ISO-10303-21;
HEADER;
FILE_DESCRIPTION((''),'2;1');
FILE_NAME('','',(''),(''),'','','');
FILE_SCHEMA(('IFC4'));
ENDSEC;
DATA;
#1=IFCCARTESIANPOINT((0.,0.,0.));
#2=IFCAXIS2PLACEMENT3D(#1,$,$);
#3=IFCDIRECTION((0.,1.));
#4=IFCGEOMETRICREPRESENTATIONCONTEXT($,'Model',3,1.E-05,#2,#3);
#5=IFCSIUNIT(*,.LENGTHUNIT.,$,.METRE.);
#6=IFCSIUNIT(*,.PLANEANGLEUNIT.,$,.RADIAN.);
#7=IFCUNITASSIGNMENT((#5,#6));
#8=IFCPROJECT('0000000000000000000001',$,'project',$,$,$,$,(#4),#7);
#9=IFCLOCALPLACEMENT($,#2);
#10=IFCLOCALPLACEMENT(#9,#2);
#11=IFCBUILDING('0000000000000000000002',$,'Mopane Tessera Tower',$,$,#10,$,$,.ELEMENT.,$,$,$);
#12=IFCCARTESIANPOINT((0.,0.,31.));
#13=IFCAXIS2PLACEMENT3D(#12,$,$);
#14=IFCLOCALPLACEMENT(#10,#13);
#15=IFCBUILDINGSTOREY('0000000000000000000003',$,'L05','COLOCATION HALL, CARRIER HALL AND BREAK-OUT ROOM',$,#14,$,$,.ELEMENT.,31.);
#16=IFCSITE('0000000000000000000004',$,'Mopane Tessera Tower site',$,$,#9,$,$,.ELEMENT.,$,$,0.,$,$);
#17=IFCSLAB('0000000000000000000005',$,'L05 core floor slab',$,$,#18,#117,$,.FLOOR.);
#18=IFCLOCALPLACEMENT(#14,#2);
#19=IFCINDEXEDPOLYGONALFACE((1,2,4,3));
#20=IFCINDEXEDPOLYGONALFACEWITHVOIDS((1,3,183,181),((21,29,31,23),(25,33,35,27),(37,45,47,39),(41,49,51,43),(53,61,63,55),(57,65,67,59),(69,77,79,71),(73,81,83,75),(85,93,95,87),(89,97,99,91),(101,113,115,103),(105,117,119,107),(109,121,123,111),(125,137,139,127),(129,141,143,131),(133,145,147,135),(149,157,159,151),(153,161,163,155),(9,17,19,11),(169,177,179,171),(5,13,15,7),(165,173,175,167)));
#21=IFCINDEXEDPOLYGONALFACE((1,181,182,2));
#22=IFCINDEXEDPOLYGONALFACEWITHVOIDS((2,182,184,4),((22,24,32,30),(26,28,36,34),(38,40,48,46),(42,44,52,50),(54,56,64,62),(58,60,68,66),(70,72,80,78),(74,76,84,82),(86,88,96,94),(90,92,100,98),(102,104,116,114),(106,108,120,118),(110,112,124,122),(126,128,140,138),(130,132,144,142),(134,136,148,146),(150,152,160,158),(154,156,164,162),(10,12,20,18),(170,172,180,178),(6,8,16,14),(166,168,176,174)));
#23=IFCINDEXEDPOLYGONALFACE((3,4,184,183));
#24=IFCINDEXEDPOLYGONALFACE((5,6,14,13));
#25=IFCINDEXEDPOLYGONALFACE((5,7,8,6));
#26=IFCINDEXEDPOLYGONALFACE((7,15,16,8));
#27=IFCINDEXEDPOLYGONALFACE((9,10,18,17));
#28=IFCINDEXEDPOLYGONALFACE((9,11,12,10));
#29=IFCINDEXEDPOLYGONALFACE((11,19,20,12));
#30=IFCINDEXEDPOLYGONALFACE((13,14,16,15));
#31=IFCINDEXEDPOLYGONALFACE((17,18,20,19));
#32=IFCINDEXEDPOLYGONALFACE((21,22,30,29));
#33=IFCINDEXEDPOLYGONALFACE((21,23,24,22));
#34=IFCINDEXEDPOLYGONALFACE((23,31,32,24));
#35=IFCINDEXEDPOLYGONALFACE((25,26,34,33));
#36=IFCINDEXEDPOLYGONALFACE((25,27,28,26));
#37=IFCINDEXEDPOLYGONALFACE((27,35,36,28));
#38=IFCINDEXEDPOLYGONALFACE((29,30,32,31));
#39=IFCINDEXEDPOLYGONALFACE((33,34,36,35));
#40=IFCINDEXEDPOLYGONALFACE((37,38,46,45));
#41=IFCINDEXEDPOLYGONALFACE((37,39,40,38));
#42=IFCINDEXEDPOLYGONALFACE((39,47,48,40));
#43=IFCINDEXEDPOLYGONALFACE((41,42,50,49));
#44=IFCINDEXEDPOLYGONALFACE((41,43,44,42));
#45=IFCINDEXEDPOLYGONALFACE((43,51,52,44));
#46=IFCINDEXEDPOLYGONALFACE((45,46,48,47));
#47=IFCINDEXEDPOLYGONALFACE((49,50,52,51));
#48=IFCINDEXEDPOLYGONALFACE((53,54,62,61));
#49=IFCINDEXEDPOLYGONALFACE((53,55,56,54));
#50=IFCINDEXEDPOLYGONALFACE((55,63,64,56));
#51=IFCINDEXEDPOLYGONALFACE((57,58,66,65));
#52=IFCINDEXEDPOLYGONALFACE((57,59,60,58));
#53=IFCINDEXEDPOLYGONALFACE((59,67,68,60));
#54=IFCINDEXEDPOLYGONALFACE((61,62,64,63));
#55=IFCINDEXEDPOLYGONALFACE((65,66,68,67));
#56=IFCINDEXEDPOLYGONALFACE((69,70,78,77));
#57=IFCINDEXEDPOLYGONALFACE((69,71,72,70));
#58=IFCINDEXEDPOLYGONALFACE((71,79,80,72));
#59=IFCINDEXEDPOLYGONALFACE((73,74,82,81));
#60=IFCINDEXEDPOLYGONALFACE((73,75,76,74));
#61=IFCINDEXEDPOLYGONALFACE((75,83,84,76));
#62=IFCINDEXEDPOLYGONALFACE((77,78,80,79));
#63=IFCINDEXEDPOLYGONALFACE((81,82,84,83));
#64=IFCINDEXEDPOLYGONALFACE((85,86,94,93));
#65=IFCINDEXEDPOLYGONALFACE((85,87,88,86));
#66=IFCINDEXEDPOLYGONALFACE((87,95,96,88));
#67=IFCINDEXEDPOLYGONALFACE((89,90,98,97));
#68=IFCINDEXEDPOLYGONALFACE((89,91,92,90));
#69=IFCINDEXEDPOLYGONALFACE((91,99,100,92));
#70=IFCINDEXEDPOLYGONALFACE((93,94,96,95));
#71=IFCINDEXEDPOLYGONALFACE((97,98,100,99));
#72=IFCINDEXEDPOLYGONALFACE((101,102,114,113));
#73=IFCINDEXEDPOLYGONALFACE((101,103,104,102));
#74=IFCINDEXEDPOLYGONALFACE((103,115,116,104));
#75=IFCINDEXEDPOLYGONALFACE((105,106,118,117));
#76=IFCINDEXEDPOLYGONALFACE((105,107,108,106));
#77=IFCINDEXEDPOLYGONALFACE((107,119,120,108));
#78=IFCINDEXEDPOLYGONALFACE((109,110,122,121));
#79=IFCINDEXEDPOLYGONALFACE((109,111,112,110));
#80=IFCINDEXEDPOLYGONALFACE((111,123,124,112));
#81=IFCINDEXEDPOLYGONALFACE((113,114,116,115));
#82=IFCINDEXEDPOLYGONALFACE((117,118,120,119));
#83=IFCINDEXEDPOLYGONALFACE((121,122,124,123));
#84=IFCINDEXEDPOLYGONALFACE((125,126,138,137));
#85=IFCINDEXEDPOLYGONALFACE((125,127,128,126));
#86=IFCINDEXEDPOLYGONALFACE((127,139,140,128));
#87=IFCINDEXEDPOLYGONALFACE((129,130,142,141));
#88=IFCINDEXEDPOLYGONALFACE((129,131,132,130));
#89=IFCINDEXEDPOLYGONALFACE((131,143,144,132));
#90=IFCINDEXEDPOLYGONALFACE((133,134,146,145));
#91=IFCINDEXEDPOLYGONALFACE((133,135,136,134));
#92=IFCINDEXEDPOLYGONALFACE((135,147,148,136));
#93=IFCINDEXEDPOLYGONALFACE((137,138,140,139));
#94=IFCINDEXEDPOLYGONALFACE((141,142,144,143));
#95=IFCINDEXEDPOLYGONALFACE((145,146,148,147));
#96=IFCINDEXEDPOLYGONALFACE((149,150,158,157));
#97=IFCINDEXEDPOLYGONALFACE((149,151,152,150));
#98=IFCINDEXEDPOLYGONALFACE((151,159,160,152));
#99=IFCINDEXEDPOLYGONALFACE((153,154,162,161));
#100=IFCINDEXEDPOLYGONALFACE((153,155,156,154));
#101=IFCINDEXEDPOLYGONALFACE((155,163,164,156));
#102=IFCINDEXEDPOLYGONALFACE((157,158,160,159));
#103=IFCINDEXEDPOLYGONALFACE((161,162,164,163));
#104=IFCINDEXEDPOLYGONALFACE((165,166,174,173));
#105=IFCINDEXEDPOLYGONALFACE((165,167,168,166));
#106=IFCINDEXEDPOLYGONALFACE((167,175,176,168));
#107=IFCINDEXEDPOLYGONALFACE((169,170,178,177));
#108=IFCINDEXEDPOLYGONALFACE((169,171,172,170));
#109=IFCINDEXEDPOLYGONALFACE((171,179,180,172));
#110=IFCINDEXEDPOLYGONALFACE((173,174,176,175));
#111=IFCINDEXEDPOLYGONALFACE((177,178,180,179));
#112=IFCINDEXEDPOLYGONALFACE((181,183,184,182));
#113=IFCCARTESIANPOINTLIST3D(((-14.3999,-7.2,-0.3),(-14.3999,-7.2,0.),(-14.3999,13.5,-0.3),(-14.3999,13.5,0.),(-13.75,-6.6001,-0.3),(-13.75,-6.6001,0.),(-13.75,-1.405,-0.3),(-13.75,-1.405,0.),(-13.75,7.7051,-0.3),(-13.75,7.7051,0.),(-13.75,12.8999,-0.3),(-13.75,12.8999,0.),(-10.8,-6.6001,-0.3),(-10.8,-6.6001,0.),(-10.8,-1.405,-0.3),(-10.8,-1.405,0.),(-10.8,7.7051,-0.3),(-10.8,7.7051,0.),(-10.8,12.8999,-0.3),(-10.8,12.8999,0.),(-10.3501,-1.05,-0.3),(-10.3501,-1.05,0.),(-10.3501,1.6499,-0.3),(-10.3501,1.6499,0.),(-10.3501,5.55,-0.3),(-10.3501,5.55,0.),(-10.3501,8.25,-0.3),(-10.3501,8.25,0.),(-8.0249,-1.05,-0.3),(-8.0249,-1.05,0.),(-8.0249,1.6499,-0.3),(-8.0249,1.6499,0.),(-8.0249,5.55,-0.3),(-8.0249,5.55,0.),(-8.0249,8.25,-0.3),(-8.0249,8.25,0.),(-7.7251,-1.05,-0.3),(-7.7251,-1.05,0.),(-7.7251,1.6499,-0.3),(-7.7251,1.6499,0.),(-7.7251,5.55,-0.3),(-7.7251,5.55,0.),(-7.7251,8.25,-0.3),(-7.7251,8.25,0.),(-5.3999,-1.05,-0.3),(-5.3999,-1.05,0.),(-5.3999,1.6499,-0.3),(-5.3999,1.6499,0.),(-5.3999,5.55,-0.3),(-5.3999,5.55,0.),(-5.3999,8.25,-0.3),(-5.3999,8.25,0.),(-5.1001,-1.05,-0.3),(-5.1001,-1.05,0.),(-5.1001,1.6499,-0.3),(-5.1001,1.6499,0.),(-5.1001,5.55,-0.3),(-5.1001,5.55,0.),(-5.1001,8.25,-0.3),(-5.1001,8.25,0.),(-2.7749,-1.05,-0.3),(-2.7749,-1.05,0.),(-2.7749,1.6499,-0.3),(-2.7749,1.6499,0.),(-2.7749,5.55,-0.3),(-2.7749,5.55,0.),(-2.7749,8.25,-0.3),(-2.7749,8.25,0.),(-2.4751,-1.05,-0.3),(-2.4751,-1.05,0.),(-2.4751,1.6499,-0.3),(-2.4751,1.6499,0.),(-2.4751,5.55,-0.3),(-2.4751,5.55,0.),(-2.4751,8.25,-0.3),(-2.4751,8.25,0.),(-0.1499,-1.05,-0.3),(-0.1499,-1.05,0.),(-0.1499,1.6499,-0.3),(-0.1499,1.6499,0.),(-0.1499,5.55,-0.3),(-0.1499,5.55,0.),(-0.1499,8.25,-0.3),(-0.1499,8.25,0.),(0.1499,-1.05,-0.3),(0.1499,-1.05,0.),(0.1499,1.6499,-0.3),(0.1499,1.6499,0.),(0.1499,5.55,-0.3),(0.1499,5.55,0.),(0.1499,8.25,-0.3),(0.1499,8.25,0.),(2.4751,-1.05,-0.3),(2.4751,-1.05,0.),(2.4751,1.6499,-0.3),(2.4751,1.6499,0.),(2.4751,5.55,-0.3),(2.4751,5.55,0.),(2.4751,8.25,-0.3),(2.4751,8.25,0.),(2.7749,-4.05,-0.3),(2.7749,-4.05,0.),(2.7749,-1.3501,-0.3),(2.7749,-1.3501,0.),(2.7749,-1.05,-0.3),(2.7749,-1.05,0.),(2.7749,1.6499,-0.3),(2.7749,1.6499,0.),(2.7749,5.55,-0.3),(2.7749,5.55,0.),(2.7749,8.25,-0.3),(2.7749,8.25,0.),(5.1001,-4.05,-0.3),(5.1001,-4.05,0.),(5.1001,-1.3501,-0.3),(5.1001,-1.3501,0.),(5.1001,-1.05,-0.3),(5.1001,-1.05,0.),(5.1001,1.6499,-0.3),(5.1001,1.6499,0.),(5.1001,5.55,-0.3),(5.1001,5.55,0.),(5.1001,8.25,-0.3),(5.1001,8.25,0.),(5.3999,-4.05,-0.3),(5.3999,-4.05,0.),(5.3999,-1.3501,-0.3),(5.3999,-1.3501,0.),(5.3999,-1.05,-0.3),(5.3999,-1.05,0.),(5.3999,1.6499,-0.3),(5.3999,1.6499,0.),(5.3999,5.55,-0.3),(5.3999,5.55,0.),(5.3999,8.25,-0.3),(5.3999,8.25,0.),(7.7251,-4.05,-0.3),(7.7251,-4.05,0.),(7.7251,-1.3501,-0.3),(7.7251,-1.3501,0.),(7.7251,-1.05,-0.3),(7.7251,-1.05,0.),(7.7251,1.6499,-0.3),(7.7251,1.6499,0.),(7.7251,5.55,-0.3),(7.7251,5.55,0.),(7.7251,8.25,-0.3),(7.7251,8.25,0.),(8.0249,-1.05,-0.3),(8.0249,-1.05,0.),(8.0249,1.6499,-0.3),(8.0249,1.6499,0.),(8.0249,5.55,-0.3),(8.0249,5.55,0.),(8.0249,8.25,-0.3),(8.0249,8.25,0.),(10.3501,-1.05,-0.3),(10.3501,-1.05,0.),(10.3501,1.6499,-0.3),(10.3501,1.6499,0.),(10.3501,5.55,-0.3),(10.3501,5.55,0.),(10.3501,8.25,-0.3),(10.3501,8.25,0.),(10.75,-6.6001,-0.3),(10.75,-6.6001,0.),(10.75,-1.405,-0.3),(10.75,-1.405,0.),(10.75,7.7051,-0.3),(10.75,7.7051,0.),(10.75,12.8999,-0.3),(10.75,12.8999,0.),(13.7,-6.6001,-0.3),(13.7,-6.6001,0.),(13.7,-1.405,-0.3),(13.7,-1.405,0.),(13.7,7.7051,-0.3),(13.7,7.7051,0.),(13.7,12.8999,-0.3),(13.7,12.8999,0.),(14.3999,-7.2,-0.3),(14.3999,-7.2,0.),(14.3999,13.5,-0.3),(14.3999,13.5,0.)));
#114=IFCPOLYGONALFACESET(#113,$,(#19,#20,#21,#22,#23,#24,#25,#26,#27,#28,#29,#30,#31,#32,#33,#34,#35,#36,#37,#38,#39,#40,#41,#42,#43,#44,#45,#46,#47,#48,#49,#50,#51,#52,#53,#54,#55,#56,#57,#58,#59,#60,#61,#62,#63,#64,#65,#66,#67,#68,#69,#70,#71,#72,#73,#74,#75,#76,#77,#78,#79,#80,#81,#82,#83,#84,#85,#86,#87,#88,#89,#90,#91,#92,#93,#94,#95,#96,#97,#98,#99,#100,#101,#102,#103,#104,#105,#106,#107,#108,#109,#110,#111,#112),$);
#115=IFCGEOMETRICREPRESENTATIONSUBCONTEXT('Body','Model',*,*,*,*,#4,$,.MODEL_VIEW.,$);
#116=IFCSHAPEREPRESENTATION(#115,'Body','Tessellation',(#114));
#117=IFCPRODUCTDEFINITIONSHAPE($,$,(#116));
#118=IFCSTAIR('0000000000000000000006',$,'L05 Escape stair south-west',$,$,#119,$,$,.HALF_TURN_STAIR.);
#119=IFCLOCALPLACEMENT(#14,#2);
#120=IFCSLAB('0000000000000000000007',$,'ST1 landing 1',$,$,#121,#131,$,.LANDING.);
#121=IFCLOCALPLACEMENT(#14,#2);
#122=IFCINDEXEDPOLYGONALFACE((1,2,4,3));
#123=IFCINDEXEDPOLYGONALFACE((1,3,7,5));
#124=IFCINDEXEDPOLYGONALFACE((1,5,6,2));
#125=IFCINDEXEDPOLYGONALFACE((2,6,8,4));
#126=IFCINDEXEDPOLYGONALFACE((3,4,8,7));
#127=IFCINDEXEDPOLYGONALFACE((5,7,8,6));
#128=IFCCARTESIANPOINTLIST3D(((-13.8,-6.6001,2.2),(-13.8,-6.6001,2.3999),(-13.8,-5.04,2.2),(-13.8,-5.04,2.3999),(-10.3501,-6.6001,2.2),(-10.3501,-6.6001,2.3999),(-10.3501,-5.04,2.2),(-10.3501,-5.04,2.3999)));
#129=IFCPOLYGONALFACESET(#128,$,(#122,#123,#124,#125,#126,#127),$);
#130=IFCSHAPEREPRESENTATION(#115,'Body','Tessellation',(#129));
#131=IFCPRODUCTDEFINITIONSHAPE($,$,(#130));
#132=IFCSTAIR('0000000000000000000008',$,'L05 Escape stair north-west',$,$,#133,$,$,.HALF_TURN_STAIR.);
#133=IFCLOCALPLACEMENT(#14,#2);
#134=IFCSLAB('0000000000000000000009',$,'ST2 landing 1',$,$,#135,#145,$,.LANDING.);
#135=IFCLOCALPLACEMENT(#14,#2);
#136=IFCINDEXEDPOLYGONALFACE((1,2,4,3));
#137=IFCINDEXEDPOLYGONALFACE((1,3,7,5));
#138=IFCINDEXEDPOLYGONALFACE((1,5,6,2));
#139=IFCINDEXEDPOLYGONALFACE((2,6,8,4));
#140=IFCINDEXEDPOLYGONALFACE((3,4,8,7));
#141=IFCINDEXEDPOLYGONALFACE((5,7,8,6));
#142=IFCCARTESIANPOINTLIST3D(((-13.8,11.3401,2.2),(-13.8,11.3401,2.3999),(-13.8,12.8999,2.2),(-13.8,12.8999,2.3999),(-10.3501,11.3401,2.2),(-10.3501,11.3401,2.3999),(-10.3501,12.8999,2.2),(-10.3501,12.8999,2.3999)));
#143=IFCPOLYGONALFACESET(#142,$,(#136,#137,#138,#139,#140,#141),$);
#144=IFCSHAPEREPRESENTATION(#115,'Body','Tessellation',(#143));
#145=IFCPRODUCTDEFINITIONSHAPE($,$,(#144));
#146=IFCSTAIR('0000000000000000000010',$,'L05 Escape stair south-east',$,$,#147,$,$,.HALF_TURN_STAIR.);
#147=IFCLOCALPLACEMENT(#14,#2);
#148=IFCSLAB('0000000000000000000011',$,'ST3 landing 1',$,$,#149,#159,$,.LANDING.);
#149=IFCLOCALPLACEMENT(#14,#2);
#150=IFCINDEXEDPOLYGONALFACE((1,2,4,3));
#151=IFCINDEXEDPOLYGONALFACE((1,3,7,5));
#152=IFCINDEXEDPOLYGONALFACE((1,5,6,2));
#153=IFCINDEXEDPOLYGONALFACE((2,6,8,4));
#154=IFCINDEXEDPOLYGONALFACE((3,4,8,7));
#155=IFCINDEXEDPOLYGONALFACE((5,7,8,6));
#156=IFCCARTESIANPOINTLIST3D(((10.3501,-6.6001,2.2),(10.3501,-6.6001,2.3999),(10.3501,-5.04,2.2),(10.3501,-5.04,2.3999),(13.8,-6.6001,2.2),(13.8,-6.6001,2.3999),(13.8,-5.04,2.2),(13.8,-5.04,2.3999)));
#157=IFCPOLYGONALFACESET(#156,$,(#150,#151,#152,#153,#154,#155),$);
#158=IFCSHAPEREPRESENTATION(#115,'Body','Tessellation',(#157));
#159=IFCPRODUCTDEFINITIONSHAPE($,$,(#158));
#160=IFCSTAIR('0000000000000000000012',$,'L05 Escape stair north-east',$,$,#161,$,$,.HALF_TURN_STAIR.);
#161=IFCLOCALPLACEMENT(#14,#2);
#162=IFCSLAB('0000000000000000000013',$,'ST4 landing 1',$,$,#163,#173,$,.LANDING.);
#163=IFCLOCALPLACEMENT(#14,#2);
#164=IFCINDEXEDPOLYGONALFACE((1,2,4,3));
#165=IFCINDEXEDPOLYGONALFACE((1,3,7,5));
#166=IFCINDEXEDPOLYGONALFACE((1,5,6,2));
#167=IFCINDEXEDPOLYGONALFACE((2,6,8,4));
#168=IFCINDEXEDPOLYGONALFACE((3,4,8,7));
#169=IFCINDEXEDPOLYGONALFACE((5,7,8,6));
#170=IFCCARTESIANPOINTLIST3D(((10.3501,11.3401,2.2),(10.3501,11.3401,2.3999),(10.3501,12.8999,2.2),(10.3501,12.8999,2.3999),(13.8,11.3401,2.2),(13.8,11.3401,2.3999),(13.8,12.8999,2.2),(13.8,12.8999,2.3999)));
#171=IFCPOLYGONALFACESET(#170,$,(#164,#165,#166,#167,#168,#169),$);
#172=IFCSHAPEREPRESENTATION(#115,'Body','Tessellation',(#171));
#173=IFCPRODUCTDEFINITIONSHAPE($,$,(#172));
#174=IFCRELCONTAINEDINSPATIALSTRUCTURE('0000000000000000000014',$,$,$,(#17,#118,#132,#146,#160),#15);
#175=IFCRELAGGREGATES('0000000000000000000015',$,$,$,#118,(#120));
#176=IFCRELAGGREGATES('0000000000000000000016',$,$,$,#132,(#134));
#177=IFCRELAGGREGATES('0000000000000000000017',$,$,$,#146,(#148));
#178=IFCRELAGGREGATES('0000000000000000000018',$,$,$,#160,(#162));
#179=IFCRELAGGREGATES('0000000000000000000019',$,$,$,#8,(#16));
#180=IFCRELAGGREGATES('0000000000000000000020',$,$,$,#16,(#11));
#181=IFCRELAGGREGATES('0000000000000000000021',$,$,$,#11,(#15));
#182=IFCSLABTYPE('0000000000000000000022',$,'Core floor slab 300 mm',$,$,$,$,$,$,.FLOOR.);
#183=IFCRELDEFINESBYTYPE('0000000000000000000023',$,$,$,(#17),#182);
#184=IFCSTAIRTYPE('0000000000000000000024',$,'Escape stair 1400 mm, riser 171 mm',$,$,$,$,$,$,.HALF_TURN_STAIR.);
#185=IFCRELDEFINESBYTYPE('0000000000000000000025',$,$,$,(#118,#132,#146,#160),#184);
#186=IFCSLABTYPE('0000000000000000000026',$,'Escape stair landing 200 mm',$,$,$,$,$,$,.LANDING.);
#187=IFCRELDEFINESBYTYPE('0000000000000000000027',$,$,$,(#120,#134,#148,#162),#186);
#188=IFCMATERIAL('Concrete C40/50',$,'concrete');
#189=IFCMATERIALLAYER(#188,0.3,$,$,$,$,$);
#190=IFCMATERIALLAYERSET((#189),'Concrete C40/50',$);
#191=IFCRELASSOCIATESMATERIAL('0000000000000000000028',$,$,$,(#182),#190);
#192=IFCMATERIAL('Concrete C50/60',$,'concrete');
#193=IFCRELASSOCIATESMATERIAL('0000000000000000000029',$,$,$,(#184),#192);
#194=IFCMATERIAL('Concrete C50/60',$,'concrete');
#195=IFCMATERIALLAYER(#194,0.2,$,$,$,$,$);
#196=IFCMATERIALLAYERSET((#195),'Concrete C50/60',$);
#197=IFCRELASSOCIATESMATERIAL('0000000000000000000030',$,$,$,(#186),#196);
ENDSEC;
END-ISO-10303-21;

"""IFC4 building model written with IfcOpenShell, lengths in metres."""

from ifc_helpers import new_model, si_unit, direction, frame, origin, place, context, subcontext, project, spatial, polyline, outline, extrude, material, layer, layer_set, type_object, element, aggregate, save


model = new_model("IFC4")

# Units and contexts
model_context = context("Model", 3, precision=1e-05, world=origin(), true_north=direction((0.0, 1.0)))
body_context = subcontext(model_context, "Body", "Model", "MODEL_VIEW")
ifc_project = project(units=[si_unit("LENGTHUNIT", "METRE"), si_unit("PLANEANGLEUNIT", "RADIAN")], contexts=[model_context])

# Site, building, storey
site_placement = place(None, origin())
site = spatial("IfcSite", under=ifc_project, at=site_placement, Name="Mopane Tessera Tower site", CompositionType="ELEMENT", RefElevation=0.0)
building_placement = place(site_placement, origin())
building = spatial("IfcBuilding", under=site, at=building_placement, Name="Mopane Tessera Tower", CompositionType="ELEMENT")
storey_placement = place(building_placement, frame((0.0, 0.0, 31.0)))
storey = spatial("IfcBuildingStorey", under=building, at=storey_placement, Name="L05", Description="COLOCATION HALL, CARRIER HALL AND BREAK-OUT ROOM", CompositionType="ELEMENT", Elevation=31.0)

# Slab
ifc_material_1 = material(Name="Concrete C40/50", Category="concrete")
ifc_layer_1 = layer(ifc_material_1, 0.3)
ifc_layer_set_1 = layer_set([ifc_layer_1], Name="Concrete C40/50")
slab_type_1 = type_object("IfcSlabType", Name="Core floor slab 300 mm", PredefinedType="FLOOR", material=ifc_layer_set_1)
slab_1_placement = place(storey_placement, frame((0.0, 0.0, -0.3)))
element("IfcSlab", 1, at=slab_1_placement, inside=storey, type_object=slab_type_1, Name="L05 core floor slab", PredefinedType="FLOOR", context=body_context, shape_type="SweptSolid", body=[
    extrude(outline(polyline([(-14.3999, -7.2), (14.3999, -7.2), (14.3999, 13.5), (-14.3999, 13.5), (-14.3999, -7.2)]), holes=[polyline([(-10.3501, -1.05), (-8.0249, -1.05), (-8.0249, 1.6499), (-10.3501, 1.6499), (-10.3501, -1.05)]), polyline([(-7.7251, -1.05), (-5.3999, -1.05), (-5.3999, 1.6499), (-7.7251, 1.6499), (-7.7251, -1.05)]), polyline([(-5.1001, -1.05), (-2.7749, -1.05), (-2.7749, 1.6499), (-5.1001, 1.6499), (-5.1001, -1.05)]), polyline([(-2.4751, -1.05), (-0.1499, -1.05), (-0.1499, 1.6499), (-2.4751, 1.6499), (-2.4751, -1.05)]), polyline([(0.1499, -1.05), (2.4751, -1.05), (2.4751, 1.6499), (0.1499, 1.6499), (0.1499, -1.05)]), polyline([(2.7749, -1.05), (5.1001, -1.05), (5.1001, 1.6499), (2.7749, 1.6499), (2.7749, -1.05)]), polyline([(5.3999, -1.05), (7.7251, -1.05), (7.7251, 1.6499), (5.3999, 1.6499), (5.3999, -1.05)]), polyline([(8.0249, -1.05), (10.3501, -1.05), (10.3501, 1.6499), (8.0249, 1.6499), (8.0249, -1.05)]), polyline([(-10.3501, 5.55), (-8.0249, 5.55), (-8.0249, 8.25), (-10.3501, 8.25), (-10.3501, 5.55)]), polyline([(-7.7251, 5.55), (-5.3999, 5.55), (-5.3999, 8.25), (-7.7251, 8.25), (-7.7251, 5.55)]), polyline([(-5.1001, 5.55), (-2.7749, 5.55), (-2.7749, 8.25), (-5.1001, 8.25), (-5.1001, 5.55)]), polyline([(-2.4751, 5.55), (-0.1499, 5.55), (-0.1499, 8.25), (-2.4751, 8.25), (-2.4751, 5.55)]), polyline([(0.1499, 5.55), (2.4751, 5.55), (2.4751, 8.25), (0.1499, 8.25), (0.1499, 5.55)]), polyline([(2.7749, 5.55), (5.1001, 5.55), (5.1001, 8.25), (2.7749, 8.25), (2.7749, 5.55)]), polyline([(5.3999, 5.55), (7.7251, 5.55), (7.7251, 8.25), (5.3999, 8.25), (5.3999, 5.55)]), polyline([(8.0249, 5.55), (10.3501, 5.55), (10.3501, 8.25), (8.0249, 8.25), (8.0249, 5.55)]), polyline([(2.7749, -4.05), (5.1001, -4.05), (5.1001, -1.3501), (2.7749, -1.3501), (2.7749, -4.05)]), polyline([(5.3999, -4.05), (7.7251, -4.05), (7.7251, -1.3501), (5.3999, -1.3501), (5.3999, -4.05)]), polyline([(-13.75, -1.405), (-13.75, -6.6001), (-10.8, -6.6001), (-10.8, -1.405), (-13.75, -1.405)]), polyline([(-10.8, 7.7051), (-10.8, 12.8999), (-13.75, 12.8999), (-13.75, 7.7051), (-10.8, 7.7051)]), polyline([(10.75, -1.405), (10.75, -6.6001), (13.7, -6.6001), (13.7, -1.405), (10.75, -1.405)]), polyline([(13.7, 7.7051), (13.7, 12.8999), (10.75, 12.8999), (10.75, 7.7051), (13.7, 7.7051)])]), origin(), (0.0, 0.0, 1.0), 0.3),
])

# Stairs, slabs
ifc_material_2 = material(Name="Concrete C50/60", Category="concrete")
stair_type = type_object("IfcStairType", Name="Escape stair 1400 mm, riser 171 mm", PredefinedType="HALF_TURN_STAIR", material=ifc_material_2)
stair_1_placement = place(storey_placement, origin())
stair_1 = element("IfcStair", 2, at=stair_1_placement, inside=storey, type_object=stair_type, Name="L05 Escape stair south-west", PredefinedType="HALF_TURN_STAIR")
ifc_material_3 = material(Name="Concrete C50/60", Category="concrete")
ifc_layer_2 = layer(ifc_material_3, 0.2)
ifc_layer_set_2 = layer_set([ifc_layer_2], Name="Concrete C50/60")
slab_type_2 = type_object("IfcSlabType", Name="Escape stair landing 200 mm", PredefinedType="LANDING", material=ifc_layer_set_2)
slab_2_placement = place(storey_placement, frame((0.0, 0.0, 2.2)))
slab_2 = element("IfcSlab", 3, at=slab_2_placement, type_object=slab_type_2, Name="ST1 landing 1", PredefinedType="LANDING", context=body_context, shape_type="SweptSolid", body=[
    extrude(outline(polyline([(-13.8, -5.04), (-13.8, -6.6001), (-10.3501, -6.6001), (-10.3501, -5.04), (-13.8, -5.04)])), origin(), (0.0, 0.0, 1.0), 0.2),
])
aggregate(stair_1, [slab_2])
stair_2_placement = place(storey_placement, origin())
stair_2 = element("IfcStair", 4, at=stair_2_placement, inside=storey, type_object=stair_type, Name="L05 Escape stair north-west", PredefinedType="HALF_TURN_STAIR")
slab_3_placement = place(storey_placement, frame((0.0, 0.0, 2.2)))
slab_3 = element("IfcSlab", 5, at=slab_3_placement, type_object=slab_type_2, Name="ST2 landing 1", PredefinedType="LANDING", context=body_context, shape_type="SweptSolid", body=[
    extrude(outline(polyline([(-10.3501, 11.3401), (-10.3501, 12.8999), (-13.8, 12.8999), (-13.8, 11.3401), (-10.3501, 11.3401)])), origin(), (0.0, 0.0, 1.0), 0.2),
])
aggregate(stair_2, [slab_3])
stair_3_placement = place(storey_placement, origin())
stair_3 = element("IfcStair", 6, at=stair_3_placement, inside=storey, type_object=stair_type, Name="L05 Escape stair south-east", PredefinedType="HALF_TURN_STAIR")
slab_4_placement = place(storey_placement, frame((0.0, 0.0, 2.2)))
slab_4 = element("IfcSlab", 7, at=slab_4_placement, type_object=slab_type_2, Name="ST3 landing 1", PredefinedType="LANDING", context=body_context, shape_type="SweptSolid", body=[
    extrude(outline(polyline([(10.3501, -5.04), (10.3501, -6.6001), (13.8, -6.6001), (13.8, -5.04), (10.3501, -5.04)])), origin(), (0.0, 0.0, 1.0), 0.2),
])
aggregate(stair_3, [slab_4])
stair_4_placement = place(storey_placement, origin())
stair_4 = element("IfcStair", 8, at=stair_4_placement, inside=storey, type_object=stair_type, Name="L05 Escape stair north-east", PredefinedType="HALF_TURN_STAIR")
slab_5_placement = place(storey_placement, frame((0.0, 0.0, 2.2)))
slab_5 = element("IfcSlab", 9, at=slab_5_placement, type_object=slab_type_2, Name="ST4 landing 1", PredefinedType="LANDING", context=body_context, shape_type="SweptSolid", body=[
    extrude(outline(polyline([(13.8, 11.3401), (13.8, 12.8999), (10.3501, 12.8999), (10.3501, 11.3401), (13.8, 11.3401)])), origin(), (0.0, 0.0, 1.0), 0.2),
])

aggregate(stair_4, [slab_5])

save(model, "model.ifc")
